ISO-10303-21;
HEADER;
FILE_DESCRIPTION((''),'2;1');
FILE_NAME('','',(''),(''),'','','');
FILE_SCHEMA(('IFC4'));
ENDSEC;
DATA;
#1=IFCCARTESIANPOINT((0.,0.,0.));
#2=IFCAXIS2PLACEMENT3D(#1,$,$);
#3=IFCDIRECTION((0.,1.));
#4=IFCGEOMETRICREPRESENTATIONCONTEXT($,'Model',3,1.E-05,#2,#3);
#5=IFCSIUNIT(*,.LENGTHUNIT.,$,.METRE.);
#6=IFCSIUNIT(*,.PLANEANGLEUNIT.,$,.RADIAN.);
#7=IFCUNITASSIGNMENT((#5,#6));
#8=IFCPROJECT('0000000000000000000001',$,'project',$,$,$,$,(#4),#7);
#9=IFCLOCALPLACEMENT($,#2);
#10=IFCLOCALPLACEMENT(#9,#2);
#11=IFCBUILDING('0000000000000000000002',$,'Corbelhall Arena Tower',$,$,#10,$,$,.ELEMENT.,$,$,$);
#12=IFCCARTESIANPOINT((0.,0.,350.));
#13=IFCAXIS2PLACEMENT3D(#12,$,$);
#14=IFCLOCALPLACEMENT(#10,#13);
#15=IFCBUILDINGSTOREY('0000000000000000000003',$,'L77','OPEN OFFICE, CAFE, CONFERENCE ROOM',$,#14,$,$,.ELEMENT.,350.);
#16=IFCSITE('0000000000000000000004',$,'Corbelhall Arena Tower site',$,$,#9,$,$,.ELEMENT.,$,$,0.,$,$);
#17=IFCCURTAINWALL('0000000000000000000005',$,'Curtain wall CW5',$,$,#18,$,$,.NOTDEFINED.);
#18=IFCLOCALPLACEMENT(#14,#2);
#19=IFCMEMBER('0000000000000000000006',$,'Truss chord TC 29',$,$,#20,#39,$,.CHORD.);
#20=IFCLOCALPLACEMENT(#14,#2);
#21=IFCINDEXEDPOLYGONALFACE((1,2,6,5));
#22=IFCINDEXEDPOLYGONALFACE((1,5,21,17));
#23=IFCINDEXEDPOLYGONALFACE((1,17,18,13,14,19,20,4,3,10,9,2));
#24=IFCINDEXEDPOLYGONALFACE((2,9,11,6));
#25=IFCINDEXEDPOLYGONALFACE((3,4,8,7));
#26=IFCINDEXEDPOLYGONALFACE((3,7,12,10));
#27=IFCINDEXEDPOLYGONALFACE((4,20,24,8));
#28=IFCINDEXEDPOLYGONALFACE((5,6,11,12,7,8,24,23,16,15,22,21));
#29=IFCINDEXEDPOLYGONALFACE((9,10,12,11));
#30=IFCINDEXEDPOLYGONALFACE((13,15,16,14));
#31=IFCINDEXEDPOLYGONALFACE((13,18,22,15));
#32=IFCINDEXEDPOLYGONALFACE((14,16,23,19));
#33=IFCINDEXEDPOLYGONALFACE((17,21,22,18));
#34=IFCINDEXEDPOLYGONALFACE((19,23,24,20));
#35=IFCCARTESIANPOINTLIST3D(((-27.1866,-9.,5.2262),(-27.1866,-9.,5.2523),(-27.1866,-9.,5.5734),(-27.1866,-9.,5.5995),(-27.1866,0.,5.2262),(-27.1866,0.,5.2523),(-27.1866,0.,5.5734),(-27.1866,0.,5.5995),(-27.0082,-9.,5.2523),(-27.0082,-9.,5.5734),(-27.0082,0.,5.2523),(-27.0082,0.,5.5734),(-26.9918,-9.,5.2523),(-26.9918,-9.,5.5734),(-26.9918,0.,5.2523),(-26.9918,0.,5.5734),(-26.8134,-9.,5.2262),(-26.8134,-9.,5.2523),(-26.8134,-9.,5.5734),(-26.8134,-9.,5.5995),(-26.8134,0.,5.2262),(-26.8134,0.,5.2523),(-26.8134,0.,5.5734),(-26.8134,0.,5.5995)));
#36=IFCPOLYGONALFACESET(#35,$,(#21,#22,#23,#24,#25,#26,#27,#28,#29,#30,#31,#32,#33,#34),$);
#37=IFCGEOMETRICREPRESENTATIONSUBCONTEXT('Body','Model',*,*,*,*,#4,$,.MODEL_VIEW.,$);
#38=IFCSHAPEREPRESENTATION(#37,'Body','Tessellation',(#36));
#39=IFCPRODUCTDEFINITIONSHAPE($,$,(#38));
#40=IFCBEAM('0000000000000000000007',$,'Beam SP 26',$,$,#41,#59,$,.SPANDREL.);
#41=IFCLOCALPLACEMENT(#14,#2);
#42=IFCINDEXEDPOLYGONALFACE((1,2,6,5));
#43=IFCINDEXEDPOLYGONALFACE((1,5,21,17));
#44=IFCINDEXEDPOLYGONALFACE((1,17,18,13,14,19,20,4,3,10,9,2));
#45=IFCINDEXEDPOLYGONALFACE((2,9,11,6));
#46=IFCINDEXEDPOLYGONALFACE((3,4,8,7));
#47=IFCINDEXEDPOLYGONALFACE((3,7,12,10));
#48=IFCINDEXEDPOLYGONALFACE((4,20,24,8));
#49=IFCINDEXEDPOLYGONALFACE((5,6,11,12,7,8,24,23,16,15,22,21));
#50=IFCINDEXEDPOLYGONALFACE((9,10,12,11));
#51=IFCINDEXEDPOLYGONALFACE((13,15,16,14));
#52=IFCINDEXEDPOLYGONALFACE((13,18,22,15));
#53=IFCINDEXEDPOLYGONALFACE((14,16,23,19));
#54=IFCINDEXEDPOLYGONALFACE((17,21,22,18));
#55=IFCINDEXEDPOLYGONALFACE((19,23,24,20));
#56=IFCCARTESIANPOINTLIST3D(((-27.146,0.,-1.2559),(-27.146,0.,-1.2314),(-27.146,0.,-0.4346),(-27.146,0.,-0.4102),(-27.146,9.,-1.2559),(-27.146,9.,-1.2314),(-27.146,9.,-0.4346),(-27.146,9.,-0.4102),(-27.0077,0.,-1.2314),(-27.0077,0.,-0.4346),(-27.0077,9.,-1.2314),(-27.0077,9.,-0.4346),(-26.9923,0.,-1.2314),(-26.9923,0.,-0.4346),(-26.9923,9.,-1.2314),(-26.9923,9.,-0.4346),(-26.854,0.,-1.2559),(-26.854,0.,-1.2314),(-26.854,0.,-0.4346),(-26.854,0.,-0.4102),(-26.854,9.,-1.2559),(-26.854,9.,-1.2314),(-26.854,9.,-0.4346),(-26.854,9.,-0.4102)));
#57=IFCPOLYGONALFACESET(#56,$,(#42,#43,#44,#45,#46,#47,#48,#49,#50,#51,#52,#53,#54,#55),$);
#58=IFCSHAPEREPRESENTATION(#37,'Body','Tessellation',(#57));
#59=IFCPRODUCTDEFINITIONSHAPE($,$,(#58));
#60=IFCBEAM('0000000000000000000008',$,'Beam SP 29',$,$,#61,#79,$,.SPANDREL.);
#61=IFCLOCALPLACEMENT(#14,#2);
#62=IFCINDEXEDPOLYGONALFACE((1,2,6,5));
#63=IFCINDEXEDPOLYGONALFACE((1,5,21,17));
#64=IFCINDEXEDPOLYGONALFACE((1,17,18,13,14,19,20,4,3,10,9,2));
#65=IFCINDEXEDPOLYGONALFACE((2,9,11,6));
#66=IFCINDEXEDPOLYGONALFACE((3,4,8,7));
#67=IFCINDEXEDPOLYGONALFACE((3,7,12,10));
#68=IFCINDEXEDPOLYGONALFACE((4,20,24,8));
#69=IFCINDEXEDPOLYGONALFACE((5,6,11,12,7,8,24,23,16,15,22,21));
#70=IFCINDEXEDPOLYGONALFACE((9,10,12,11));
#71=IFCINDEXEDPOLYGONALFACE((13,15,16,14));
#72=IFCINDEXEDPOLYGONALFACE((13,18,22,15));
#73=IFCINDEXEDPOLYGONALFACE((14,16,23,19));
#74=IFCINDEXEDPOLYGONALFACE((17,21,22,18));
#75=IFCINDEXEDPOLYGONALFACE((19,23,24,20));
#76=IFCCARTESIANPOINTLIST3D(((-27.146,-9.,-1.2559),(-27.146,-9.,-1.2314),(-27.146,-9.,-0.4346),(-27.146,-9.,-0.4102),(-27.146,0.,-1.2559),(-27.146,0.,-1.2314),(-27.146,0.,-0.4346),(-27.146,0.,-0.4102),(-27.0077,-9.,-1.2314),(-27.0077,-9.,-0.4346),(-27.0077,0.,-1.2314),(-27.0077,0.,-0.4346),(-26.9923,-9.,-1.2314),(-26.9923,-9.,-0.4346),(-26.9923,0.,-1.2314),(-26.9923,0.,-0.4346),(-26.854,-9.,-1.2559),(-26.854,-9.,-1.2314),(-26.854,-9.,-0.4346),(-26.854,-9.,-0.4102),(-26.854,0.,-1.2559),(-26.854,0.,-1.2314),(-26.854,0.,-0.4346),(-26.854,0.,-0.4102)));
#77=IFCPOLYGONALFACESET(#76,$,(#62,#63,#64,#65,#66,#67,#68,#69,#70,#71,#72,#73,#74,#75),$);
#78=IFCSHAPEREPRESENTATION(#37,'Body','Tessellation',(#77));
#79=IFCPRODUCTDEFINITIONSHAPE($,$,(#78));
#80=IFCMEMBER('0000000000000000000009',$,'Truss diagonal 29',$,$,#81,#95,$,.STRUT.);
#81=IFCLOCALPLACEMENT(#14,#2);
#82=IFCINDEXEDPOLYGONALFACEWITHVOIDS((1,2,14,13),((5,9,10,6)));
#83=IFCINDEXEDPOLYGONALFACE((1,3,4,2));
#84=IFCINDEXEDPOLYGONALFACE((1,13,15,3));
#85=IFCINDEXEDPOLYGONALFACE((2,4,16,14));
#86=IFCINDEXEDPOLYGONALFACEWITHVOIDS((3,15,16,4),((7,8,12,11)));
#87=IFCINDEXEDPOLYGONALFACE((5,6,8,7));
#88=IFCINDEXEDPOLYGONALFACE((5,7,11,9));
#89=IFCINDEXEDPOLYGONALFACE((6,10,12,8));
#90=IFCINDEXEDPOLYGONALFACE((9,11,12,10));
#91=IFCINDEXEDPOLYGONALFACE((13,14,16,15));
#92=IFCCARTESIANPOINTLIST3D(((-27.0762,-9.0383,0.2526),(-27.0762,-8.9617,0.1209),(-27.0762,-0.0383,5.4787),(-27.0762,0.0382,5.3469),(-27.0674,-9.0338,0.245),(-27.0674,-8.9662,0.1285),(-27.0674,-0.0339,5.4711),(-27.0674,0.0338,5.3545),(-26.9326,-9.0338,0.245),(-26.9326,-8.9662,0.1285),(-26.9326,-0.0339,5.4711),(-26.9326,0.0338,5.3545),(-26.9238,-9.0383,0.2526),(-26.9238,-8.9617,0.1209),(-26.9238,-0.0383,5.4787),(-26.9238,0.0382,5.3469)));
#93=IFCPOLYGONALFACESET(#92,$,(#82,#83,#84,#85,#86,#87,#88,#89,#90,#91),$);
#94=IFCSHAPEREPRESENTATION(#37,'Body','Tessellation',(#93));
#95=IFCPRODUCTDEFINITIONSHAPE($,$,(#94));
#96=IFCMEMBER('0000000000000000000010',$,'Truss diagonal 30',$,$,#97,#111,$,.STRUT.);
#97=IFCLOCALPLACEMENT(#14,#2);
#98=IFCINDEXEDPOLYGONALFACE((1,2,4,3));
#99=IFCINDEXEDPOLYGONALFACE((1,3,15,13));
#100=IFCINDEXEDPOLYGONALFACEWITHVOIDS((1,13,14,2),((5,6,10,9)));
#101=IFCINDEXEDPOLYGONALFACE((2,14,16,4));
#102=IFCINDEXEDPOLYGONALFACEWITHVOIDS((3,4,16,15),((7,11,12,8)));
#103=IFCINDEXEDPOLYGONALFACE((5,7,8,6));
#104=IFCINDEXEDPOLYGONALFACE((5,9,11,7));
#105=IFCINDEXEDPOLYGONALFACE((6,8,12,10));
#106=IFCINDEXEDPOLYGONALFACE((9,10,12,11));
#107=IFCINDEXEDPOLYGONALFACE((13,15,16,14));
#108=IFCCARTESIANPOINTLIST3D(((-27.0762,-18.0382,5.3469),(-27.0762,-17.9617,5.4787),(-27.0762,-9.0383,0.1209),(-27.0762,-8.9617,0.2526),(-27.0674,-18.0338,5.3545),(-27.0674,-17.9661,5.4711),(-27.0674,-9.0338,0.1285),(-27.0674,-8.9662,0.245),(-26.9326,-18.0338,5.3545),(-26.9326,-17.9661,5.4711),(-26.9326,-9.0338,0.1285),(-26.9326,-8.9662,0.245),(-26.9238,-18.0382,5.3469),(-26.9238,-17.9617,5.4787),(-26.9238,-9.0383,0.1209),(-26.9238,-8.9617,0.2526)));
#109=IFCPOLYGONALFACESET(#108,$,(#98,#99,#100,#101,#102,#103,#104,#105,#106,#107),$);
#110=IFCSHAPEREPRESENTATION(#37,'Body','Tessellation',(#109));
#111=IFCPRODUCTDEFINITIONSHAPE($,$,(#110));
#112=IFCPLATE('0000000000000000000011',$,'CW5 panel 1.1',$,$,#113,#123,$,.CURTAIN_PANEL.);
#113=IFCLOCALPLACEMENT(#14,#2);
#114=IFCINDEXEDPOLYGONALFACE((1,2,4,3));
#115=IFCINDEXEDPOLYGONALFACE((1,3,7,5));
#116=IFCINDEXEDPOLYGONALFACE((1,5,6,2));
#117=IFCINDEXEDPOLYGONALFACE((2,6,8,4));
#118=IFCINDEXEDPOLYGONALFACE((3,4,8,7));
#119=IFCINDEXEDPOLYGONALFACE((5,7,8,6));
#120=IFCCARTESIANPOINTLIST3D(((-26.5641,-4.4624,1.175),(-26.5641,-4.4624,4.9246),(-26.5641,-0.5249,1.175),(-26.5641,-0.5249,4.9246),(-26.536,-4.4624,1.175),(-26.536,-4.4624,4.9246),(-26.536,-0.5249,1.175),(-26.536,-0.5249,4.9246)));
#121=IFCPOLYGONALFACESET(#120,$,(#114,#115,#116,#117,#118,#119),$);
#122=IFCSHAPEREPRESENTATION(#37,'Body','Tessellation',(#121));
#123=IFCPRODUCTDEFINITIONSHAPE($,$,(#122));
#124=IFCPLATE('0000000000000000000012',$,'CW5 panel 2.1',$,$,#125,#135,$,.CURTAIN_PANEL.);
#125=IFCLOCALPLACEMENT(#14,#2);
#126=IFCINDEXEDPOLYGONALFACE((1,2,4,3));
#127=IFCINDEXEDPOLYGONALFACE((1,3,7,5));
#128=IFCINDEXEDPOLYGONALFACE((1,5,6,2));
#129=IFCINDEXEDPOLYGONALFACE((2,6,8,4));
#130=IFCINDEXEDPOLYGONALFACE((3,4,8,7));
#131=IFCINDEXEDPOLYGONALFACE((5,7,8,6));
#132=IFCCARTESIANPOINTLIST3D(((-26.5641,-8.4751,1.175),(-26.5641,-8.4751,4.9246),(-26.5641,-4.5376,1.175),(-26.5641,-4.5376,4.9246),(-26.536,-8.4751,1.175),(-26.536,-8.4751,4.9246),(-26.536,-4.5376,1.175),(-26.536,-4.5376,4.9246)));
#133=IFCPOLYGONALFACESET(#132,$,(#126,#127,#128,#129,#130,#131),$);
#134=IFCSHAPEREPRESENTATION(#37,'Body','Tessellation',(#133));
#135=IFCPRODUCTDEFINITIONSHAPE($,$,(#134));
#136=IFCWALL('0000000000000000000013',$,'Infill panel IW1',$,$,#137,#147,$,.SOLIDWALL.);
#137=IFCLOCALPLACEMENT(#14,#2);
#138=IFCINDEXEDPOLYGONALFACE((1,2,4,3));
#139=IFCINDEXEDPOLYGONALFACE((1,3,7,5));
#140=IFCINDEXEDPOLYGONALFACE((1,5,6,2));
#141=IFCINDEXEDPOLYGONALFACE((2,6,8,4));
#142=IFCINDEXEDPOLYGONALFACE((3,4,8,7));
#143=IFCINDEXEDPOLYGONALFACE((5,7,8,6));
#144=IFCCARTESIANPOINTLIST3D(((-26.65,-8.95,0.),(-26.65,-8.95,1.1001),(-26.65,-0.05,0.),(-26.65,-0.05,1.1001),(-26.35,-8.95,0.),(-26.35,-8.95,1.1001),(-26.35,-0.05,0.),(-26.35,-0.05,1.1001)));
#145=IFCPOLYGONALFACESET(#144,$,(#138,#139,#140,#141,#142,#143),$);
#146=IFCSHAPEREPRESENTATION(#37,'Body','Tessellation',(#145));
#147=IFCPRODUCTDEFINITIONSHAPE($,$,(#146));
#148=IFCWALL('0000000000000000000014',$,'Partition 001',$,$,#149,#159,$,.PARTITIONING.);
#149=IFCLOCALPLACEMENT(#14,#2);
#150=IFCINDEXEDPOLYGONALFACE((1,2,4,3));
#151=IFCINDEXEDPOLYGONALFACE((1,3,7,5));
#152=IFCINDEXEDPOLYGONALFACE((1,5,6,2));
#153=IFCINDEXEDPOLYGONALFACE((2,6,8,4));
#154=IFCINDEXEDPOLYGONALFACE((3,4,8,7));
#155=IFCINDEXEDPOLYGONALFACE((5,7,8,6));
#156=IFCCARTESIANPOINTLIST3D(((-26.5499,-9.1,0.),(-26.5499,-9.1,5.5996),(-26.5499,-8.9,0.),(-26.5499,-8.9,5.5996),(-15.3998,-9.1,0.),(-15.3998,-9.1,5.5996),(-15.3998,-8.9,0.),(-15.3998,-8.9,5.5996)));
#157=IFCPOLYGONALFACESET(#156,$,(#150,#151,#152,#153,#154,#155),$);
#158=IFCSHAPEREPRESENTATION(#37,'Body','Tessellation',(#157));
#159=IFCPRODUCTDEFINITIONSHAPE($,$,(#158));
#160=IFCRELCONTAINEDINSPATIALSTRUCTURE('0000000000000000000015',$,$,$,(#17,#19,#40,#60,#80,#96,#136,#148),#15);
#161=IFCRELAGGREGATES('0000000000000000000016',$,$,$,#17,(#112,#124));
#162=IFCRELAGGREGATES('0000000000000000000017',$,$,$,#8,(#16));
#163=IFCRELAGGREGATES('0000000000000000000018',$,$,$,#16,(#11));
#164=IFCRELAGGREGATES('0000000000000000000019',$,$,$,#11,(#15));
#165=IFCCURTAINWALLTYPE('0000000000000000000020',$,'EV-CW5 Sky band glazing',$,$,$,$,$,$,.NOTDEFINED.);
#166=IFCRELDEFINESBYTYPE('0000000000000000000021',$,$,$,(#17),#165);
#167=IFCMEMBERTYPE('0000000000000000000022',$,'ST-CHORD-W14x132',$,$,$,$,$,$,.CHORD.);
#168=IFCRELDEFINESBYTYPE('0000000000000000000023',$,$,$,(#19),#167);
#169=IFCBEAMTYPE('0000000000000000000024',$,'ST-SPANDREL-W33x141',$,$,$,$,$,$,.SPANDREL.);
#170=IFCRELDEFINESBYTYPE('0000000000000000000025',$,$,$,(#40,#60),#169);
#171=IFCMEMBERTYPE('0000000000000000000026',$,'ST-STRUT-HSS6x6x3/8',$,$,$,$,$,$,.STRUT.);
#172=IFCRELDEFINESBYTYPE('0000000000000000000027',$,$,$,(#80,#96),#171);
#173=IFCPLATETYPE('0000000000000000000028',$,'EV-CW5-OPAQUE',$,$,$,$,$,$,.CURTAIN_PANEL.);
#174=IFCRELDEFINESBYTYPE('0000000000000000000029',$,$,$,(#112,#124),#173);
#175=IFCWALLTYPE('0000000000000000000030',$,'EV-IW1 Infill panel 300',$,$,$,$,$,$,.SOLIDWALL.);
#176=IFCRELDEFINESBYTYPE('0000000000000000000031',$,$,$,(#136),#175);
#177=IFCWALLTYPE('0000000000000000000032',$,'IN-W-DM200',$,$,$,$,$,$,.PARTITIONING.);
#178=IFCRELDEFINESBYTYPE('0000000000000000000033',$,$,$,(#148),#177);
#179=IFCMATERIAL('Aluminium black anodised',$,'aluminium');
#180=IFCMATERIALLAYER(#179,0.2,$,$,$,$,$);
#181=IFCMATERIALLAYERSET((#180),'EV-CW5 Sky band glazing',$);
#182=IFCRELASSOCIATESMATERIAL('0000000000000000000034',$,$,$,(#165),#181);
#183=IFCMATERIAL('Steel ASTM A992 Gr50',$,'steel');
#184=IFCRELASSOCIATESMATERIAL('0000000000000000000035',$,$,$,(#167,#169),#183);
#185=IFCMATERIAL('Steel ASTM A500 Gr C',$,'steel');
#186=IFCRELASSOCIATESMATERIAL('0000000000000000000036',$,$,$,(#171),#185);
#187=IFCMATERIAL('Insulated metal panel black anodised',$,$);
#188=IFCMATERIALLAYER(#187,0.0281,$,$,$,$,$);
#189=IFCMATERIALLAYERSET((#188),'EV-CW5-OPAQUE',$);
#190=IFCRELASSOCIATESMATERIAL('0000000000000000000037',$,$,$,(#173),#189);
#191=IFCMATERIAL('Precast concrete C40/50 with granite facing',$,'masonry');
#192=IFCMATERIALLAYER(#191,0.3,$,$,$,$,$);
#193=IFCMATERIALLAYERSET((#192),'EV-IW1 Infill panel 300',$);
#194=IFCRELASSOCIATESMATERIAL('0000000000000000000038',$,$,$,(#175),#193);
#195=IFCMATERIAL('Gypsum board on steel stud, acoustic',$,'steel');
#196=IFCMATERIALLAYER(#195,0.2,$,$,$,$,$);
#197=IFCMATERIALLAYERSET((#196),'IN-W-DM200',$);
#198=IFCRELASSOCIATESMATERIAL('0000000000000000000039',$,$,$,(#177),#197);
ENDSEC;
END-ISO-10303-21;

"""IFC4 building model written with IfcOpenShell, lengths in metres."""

from ifc_helpers import new_model, si_unit, direction, frame, frame_2d, origin, origin_2d, place, context, subcontext, project, spatial, rectangle, hollow_rectangle, i_section, extrude, material, layer, layer_set, material_profile, profile_set, type_object, element, aggregate, save


model = new_model("IFC4")

# Units and contexts
model_context = context("Model", 3, precision=1e-05, world=origin(), true_north=direction((0.0, 1.0)))
body_context = subcontext(model_context, "Body", "Model", "MODEL_VIEW")
ifc_project = project(units=[si_unit("LENGTHUNIT", "METRE"), si_unit("PLANEANGLEUNIT", "RADIAN")], contexts=[model_context])

# Site, building, storey
site_placement = place(None, origin())
site = spatial("IfcSite", under=ifc_project, at=site_placement, Name="Corbelhall Arena Tower site", CompositionType="ELEMENT", RefElevation=0.0)
building_placement = place(site_placement, origin())
building = spatial("IfcBuilding", under=site, at=building_placement, Name="Corbelhall Arena Tower", CompositionType="ELEMENT")
storey_placement = place(building_placement, frame((0.0, 0.0, 350.0)))
storey = spatial("IfcBuildingStorey", under=building, at=storey_placement, Name="L77", Description="OPEN OFFICE, CAFE, CONFERENCE ROOM", CompositionType="ELEMENT", Elevation=350.0)

# Curtain wall
ifc_material_1 = material(Name="Aluminium black anodised", Category="aluminium")
ifc_layer_1 = layer(ifc_material_1, 0.2)
ifc_layer_set_1 = layer_set([ifc_layer_1], Name="EV-CW5 Sky band glazing")
curtain_wall_type = type_object("IfcCurtainWallType", Name="EV-CW5 Sky band glazing", PredefinedType="NOTDEFINED", material=ifc_layer_set_1)
curtain_wall_placement = place(storey_placement, origin())
curtain_wall = element("IfcCurtainWall", 1, at=curtain_wall_placement, inside=storey, type_object=curtain_wall_type, Name="Curtain wall CW5", PredefinedType="NOTDEFINED")

# Member
ifc_material_2 = material(Name="Steel ASTM A992 Gr50", Category="steel")
ifc_material_profile_1 = material_profile(ifc_material_2, i_section(OverallWidth=0.3733, OverallDepth=0.3733, WebThickness=0.0164, FlangeThickness=0.0261, at=origin_2d()))
ifc_profile_set_1 = profile_set([ifc_material_profile_1], Name="Steel ASTM A992 Gr50")
member_type_1 = type_object("IfcMemberType", Name="ST-CHORD-W14x132", PredefinedType="CHORD", material=ifc_profile_set_1)
for number, where, z_axis, x_axis, name in (
    (2, (-27.0, -9.0, 5.4128), (0.0, 1.0, 0.0), (-1.0, 0.0, 0.0), "Truss chord TC 29"),
):
    element("IfcMember", number, at=place(storey_placement, frame(where, z_axis=z_axis, x_axis=x_axis)), inside=storey, type_object=member_type_1, Name=name, PredefinedType="CHORD", context=body_context, shape_type="SweptSolid", body=[
        extrude(i_section(OverallWidth=0.3733, OverallDepth=0.3733, WebThickness=0.0164, FlangeThickness=0.0261, at=origin_2d()), origin(), (0.0, 0.0, 1.0), 9.0),
    ])

# Beams
ifc_material_profile_2 = material_profile(ifc_material_2, i_section(OverallWidth=0.292, OverallDepth=0.8457, WebThickness=0.0154, FlangeThickness=0.0244, at=origin_2d()))
ifc_profile_set_2 = profile_set([ifc_material_profile_2], Name="Steel ASTM A992 Gr50")
beam_type = type_object("IfcBeamType", Name="ST-SPANDREL-W33x141", PredefinedType="SPANDREL", material=ifc_profile_set_2)
for number, where, z_axis, x_axis, name in (
    (3, (-27.0, 0.0, -0.833), (0.0, 1.0, 0.0), (-1.0, 0.0, 0.0), "Beam SP 26"),
    (4, (-27.0, -9.0, -0.833), (0.0, 1.0, 0.0), (-1.0, 0.0, 0.0), "Beam SP 29"),
):
    element("IfcBeam", number, at=place(storey_placement, frame(where, z_axis=z_axis, x_axis=x_axis)), inside=storey, type_object=beam_type, Name=name, PredefinedType="SPANDREL", context=body_context, shape_type="SweptSolid", body=[
        extrude(i_section(OverallWidth=0.292, OverallDepth=0.8457, WebThickness=0.0154, FlangeThickness=0.0244, at=origin_2d()), origin(), (0.0, 0.0, 1.0), 9.0),
    ])

# Members
ifc_material_3 = material(Name="Steel ASTM A500 Gr C", Category="steel")
ifc_material_profile_3 = material_profile(ifc_material_3, hollow_rectangle(XDim=0.1523, YDim=0.1523, WallThickness=0.0088, at=origin_2d()))
ifc_profile_set_3 = profile_set([ifc_material_profile_3], Name="Steel ASTM A500 Gr C")
member_type_2 = type_object("IfcMemberType", Name="ST-STRUT-HSS6x6x3/8", PredefinedType="STRUT", material=ifc_profile_set_3)
for number, where, z_axis, x_axis, name in (
    (5, (-27.0, -9.0, 0.1868), (0.0, 0.864778, 0.502155), (-1.0, 0.0, 0.0), "Truss diagonal 29"),
    (6, (-27.0, -9.0, 0.1868), (0.0, -0.864778, 0.502155), (1.0, 0.0, 0.0), "Truss diagonal 30"),
):
    element("IfcMember", number, at=place(storey_placement, frame(where, z_axis=z_axis, x_axis=x_axis)), inside=storey, type_object=member_type_2, Name=name, PredefinedType="STRUT", context=body_context, shape_type="SweptSolid", body=[
        extrude(hollow_rectangle(XDim=0.1523, YDim=0.1523, WallThickness=0.0088, at=origin_2d()), origin(), (0.0, 0.0, 1.0), 10.4072),
    ])

# Plates
ifc_material_4 = material(Name="Insulated metal panel black anodised")
ifc_layer_2 = layer(ifc_material_4, 0.0281)
ifc_layer_set_2 = layer_set([ifc_layer_2], Name="EV-CW5-OPAQUE")
plate_type = type_object("IfcPlateType", Name="EV-CW5-OPAQUE", PredefinedType="CURTAIN_PANEL", material=ifc_layer_set_2)
plate_1_placement = place(storey_placement, frame((-26.55, -2.4937, 1.175), z_axis=(0.0, 0.0, 1.0), x_axis=(0.0, -1.0, 0.0)))
plate_1 = element("IfcPlate", 7, at=plate_1_placement, type_object=plate_type, Name="CW5 panel 1.1", PredefinedType="CURTAIN_PANEL", context=body_context, shape_type="SweptSolid", body=[
    extrude(rectangle(XDim=3.9375, YDim=0.0281, at=origin_2d()), origin(), (0.0, 0.0, 1.0), 3.7495),
])
plate_2_placement = place(storey_placement, frame((-26.55, -6.5063, 1.175), z_axis=(0.0, 0.0, 1.0), x_axis=(0.0, -1.0, 0.0)))
plate_2 = element("IfcPlate", 8, at=plate_2_placement, type_object=plate_type, Name="CW5 panel 2.1", PredefinedType="CURTAIN_PANEL", context=body_context, shape_type="SweptSolid", body=[
    extrude(rectangle(XDim=3.9375, YDim=0.0281, at=origin_2d()), origin(), (0.0, 0.0, 1.0), 3.7495),
])
aggregate(curtain_wall, [plate_1, plate_2])

# Walls
ifc_material_5 = material(Name="Precast concrete C40/50 with granite facing", Category="masonry")
ifc_layer_3 = layer(ifc_material_5, 0.3)
ifc_layer_set_3 = layer_set([ifc_layer_3], Name="EV-IW1 Infill panel 300")
wall_type_1 = type_object("IfcWallType", Name="EV-IW1 Infill panel 300", PredefinedType="SOLIDWALL", material=ifc_layer_set_3)
wall_1_placement = place(storey_placement, frame((-26.5, -0.05, 0.0), z_axis=(0.0, 0.0, 1.0), x_axis=(0.0, -1.0, 0.0)))
element("IfcWall", 9, at=wall_1_placement, inside=storey, type_object=wall_type_1, Name="Infill panel IW1", PredefinedType="SOLIDWALL", context=body_context, shape_type="SweptSolid", body=[
    extrude(rectangle(XDim=8.8999, YDim=0.3, at=frame_2d((4.45, 0.0))), origin(), (0.0, 0.0, 1.0), 1.1001),
])
ifc_material_6 = material(Name="Gypsum board on steel stud, acoustic", Category="steel")
ifc_layer_4 = layer(ifc_material_6, 0.2)
ifc_layer_set_4 = layer_set([ifc_layer_4], Name="IN-W-DM200")
wall_type_2 = type_object("IfcWallType", Name="IN-W-DM200", PredefinedType="PARTITIONING", material=ifc_layer_set_4)
wall_2_placement = place(storey_placement, frame((-26.55, -9.0, 0.0), z_axis=(0.0, 0.0, 1.0), x_axis=(1.0, 0.0, 0.0)))
element("IfcWall", 10, at=wall_2_placement, inside=storey, type_object=wall_type_2, Name="Partition 001", PredefinedType="PARTITIONING", context=body_context, shape_type="SweptSolid", body=[
    extrude(rectangle(XDim=11.1501, YDim=0.2, at=frame_2d((5.5752, 0.0))), origin(), (0.0, 0.0, 1.0), 5.5996),
])

save(model, "model.ifc")
